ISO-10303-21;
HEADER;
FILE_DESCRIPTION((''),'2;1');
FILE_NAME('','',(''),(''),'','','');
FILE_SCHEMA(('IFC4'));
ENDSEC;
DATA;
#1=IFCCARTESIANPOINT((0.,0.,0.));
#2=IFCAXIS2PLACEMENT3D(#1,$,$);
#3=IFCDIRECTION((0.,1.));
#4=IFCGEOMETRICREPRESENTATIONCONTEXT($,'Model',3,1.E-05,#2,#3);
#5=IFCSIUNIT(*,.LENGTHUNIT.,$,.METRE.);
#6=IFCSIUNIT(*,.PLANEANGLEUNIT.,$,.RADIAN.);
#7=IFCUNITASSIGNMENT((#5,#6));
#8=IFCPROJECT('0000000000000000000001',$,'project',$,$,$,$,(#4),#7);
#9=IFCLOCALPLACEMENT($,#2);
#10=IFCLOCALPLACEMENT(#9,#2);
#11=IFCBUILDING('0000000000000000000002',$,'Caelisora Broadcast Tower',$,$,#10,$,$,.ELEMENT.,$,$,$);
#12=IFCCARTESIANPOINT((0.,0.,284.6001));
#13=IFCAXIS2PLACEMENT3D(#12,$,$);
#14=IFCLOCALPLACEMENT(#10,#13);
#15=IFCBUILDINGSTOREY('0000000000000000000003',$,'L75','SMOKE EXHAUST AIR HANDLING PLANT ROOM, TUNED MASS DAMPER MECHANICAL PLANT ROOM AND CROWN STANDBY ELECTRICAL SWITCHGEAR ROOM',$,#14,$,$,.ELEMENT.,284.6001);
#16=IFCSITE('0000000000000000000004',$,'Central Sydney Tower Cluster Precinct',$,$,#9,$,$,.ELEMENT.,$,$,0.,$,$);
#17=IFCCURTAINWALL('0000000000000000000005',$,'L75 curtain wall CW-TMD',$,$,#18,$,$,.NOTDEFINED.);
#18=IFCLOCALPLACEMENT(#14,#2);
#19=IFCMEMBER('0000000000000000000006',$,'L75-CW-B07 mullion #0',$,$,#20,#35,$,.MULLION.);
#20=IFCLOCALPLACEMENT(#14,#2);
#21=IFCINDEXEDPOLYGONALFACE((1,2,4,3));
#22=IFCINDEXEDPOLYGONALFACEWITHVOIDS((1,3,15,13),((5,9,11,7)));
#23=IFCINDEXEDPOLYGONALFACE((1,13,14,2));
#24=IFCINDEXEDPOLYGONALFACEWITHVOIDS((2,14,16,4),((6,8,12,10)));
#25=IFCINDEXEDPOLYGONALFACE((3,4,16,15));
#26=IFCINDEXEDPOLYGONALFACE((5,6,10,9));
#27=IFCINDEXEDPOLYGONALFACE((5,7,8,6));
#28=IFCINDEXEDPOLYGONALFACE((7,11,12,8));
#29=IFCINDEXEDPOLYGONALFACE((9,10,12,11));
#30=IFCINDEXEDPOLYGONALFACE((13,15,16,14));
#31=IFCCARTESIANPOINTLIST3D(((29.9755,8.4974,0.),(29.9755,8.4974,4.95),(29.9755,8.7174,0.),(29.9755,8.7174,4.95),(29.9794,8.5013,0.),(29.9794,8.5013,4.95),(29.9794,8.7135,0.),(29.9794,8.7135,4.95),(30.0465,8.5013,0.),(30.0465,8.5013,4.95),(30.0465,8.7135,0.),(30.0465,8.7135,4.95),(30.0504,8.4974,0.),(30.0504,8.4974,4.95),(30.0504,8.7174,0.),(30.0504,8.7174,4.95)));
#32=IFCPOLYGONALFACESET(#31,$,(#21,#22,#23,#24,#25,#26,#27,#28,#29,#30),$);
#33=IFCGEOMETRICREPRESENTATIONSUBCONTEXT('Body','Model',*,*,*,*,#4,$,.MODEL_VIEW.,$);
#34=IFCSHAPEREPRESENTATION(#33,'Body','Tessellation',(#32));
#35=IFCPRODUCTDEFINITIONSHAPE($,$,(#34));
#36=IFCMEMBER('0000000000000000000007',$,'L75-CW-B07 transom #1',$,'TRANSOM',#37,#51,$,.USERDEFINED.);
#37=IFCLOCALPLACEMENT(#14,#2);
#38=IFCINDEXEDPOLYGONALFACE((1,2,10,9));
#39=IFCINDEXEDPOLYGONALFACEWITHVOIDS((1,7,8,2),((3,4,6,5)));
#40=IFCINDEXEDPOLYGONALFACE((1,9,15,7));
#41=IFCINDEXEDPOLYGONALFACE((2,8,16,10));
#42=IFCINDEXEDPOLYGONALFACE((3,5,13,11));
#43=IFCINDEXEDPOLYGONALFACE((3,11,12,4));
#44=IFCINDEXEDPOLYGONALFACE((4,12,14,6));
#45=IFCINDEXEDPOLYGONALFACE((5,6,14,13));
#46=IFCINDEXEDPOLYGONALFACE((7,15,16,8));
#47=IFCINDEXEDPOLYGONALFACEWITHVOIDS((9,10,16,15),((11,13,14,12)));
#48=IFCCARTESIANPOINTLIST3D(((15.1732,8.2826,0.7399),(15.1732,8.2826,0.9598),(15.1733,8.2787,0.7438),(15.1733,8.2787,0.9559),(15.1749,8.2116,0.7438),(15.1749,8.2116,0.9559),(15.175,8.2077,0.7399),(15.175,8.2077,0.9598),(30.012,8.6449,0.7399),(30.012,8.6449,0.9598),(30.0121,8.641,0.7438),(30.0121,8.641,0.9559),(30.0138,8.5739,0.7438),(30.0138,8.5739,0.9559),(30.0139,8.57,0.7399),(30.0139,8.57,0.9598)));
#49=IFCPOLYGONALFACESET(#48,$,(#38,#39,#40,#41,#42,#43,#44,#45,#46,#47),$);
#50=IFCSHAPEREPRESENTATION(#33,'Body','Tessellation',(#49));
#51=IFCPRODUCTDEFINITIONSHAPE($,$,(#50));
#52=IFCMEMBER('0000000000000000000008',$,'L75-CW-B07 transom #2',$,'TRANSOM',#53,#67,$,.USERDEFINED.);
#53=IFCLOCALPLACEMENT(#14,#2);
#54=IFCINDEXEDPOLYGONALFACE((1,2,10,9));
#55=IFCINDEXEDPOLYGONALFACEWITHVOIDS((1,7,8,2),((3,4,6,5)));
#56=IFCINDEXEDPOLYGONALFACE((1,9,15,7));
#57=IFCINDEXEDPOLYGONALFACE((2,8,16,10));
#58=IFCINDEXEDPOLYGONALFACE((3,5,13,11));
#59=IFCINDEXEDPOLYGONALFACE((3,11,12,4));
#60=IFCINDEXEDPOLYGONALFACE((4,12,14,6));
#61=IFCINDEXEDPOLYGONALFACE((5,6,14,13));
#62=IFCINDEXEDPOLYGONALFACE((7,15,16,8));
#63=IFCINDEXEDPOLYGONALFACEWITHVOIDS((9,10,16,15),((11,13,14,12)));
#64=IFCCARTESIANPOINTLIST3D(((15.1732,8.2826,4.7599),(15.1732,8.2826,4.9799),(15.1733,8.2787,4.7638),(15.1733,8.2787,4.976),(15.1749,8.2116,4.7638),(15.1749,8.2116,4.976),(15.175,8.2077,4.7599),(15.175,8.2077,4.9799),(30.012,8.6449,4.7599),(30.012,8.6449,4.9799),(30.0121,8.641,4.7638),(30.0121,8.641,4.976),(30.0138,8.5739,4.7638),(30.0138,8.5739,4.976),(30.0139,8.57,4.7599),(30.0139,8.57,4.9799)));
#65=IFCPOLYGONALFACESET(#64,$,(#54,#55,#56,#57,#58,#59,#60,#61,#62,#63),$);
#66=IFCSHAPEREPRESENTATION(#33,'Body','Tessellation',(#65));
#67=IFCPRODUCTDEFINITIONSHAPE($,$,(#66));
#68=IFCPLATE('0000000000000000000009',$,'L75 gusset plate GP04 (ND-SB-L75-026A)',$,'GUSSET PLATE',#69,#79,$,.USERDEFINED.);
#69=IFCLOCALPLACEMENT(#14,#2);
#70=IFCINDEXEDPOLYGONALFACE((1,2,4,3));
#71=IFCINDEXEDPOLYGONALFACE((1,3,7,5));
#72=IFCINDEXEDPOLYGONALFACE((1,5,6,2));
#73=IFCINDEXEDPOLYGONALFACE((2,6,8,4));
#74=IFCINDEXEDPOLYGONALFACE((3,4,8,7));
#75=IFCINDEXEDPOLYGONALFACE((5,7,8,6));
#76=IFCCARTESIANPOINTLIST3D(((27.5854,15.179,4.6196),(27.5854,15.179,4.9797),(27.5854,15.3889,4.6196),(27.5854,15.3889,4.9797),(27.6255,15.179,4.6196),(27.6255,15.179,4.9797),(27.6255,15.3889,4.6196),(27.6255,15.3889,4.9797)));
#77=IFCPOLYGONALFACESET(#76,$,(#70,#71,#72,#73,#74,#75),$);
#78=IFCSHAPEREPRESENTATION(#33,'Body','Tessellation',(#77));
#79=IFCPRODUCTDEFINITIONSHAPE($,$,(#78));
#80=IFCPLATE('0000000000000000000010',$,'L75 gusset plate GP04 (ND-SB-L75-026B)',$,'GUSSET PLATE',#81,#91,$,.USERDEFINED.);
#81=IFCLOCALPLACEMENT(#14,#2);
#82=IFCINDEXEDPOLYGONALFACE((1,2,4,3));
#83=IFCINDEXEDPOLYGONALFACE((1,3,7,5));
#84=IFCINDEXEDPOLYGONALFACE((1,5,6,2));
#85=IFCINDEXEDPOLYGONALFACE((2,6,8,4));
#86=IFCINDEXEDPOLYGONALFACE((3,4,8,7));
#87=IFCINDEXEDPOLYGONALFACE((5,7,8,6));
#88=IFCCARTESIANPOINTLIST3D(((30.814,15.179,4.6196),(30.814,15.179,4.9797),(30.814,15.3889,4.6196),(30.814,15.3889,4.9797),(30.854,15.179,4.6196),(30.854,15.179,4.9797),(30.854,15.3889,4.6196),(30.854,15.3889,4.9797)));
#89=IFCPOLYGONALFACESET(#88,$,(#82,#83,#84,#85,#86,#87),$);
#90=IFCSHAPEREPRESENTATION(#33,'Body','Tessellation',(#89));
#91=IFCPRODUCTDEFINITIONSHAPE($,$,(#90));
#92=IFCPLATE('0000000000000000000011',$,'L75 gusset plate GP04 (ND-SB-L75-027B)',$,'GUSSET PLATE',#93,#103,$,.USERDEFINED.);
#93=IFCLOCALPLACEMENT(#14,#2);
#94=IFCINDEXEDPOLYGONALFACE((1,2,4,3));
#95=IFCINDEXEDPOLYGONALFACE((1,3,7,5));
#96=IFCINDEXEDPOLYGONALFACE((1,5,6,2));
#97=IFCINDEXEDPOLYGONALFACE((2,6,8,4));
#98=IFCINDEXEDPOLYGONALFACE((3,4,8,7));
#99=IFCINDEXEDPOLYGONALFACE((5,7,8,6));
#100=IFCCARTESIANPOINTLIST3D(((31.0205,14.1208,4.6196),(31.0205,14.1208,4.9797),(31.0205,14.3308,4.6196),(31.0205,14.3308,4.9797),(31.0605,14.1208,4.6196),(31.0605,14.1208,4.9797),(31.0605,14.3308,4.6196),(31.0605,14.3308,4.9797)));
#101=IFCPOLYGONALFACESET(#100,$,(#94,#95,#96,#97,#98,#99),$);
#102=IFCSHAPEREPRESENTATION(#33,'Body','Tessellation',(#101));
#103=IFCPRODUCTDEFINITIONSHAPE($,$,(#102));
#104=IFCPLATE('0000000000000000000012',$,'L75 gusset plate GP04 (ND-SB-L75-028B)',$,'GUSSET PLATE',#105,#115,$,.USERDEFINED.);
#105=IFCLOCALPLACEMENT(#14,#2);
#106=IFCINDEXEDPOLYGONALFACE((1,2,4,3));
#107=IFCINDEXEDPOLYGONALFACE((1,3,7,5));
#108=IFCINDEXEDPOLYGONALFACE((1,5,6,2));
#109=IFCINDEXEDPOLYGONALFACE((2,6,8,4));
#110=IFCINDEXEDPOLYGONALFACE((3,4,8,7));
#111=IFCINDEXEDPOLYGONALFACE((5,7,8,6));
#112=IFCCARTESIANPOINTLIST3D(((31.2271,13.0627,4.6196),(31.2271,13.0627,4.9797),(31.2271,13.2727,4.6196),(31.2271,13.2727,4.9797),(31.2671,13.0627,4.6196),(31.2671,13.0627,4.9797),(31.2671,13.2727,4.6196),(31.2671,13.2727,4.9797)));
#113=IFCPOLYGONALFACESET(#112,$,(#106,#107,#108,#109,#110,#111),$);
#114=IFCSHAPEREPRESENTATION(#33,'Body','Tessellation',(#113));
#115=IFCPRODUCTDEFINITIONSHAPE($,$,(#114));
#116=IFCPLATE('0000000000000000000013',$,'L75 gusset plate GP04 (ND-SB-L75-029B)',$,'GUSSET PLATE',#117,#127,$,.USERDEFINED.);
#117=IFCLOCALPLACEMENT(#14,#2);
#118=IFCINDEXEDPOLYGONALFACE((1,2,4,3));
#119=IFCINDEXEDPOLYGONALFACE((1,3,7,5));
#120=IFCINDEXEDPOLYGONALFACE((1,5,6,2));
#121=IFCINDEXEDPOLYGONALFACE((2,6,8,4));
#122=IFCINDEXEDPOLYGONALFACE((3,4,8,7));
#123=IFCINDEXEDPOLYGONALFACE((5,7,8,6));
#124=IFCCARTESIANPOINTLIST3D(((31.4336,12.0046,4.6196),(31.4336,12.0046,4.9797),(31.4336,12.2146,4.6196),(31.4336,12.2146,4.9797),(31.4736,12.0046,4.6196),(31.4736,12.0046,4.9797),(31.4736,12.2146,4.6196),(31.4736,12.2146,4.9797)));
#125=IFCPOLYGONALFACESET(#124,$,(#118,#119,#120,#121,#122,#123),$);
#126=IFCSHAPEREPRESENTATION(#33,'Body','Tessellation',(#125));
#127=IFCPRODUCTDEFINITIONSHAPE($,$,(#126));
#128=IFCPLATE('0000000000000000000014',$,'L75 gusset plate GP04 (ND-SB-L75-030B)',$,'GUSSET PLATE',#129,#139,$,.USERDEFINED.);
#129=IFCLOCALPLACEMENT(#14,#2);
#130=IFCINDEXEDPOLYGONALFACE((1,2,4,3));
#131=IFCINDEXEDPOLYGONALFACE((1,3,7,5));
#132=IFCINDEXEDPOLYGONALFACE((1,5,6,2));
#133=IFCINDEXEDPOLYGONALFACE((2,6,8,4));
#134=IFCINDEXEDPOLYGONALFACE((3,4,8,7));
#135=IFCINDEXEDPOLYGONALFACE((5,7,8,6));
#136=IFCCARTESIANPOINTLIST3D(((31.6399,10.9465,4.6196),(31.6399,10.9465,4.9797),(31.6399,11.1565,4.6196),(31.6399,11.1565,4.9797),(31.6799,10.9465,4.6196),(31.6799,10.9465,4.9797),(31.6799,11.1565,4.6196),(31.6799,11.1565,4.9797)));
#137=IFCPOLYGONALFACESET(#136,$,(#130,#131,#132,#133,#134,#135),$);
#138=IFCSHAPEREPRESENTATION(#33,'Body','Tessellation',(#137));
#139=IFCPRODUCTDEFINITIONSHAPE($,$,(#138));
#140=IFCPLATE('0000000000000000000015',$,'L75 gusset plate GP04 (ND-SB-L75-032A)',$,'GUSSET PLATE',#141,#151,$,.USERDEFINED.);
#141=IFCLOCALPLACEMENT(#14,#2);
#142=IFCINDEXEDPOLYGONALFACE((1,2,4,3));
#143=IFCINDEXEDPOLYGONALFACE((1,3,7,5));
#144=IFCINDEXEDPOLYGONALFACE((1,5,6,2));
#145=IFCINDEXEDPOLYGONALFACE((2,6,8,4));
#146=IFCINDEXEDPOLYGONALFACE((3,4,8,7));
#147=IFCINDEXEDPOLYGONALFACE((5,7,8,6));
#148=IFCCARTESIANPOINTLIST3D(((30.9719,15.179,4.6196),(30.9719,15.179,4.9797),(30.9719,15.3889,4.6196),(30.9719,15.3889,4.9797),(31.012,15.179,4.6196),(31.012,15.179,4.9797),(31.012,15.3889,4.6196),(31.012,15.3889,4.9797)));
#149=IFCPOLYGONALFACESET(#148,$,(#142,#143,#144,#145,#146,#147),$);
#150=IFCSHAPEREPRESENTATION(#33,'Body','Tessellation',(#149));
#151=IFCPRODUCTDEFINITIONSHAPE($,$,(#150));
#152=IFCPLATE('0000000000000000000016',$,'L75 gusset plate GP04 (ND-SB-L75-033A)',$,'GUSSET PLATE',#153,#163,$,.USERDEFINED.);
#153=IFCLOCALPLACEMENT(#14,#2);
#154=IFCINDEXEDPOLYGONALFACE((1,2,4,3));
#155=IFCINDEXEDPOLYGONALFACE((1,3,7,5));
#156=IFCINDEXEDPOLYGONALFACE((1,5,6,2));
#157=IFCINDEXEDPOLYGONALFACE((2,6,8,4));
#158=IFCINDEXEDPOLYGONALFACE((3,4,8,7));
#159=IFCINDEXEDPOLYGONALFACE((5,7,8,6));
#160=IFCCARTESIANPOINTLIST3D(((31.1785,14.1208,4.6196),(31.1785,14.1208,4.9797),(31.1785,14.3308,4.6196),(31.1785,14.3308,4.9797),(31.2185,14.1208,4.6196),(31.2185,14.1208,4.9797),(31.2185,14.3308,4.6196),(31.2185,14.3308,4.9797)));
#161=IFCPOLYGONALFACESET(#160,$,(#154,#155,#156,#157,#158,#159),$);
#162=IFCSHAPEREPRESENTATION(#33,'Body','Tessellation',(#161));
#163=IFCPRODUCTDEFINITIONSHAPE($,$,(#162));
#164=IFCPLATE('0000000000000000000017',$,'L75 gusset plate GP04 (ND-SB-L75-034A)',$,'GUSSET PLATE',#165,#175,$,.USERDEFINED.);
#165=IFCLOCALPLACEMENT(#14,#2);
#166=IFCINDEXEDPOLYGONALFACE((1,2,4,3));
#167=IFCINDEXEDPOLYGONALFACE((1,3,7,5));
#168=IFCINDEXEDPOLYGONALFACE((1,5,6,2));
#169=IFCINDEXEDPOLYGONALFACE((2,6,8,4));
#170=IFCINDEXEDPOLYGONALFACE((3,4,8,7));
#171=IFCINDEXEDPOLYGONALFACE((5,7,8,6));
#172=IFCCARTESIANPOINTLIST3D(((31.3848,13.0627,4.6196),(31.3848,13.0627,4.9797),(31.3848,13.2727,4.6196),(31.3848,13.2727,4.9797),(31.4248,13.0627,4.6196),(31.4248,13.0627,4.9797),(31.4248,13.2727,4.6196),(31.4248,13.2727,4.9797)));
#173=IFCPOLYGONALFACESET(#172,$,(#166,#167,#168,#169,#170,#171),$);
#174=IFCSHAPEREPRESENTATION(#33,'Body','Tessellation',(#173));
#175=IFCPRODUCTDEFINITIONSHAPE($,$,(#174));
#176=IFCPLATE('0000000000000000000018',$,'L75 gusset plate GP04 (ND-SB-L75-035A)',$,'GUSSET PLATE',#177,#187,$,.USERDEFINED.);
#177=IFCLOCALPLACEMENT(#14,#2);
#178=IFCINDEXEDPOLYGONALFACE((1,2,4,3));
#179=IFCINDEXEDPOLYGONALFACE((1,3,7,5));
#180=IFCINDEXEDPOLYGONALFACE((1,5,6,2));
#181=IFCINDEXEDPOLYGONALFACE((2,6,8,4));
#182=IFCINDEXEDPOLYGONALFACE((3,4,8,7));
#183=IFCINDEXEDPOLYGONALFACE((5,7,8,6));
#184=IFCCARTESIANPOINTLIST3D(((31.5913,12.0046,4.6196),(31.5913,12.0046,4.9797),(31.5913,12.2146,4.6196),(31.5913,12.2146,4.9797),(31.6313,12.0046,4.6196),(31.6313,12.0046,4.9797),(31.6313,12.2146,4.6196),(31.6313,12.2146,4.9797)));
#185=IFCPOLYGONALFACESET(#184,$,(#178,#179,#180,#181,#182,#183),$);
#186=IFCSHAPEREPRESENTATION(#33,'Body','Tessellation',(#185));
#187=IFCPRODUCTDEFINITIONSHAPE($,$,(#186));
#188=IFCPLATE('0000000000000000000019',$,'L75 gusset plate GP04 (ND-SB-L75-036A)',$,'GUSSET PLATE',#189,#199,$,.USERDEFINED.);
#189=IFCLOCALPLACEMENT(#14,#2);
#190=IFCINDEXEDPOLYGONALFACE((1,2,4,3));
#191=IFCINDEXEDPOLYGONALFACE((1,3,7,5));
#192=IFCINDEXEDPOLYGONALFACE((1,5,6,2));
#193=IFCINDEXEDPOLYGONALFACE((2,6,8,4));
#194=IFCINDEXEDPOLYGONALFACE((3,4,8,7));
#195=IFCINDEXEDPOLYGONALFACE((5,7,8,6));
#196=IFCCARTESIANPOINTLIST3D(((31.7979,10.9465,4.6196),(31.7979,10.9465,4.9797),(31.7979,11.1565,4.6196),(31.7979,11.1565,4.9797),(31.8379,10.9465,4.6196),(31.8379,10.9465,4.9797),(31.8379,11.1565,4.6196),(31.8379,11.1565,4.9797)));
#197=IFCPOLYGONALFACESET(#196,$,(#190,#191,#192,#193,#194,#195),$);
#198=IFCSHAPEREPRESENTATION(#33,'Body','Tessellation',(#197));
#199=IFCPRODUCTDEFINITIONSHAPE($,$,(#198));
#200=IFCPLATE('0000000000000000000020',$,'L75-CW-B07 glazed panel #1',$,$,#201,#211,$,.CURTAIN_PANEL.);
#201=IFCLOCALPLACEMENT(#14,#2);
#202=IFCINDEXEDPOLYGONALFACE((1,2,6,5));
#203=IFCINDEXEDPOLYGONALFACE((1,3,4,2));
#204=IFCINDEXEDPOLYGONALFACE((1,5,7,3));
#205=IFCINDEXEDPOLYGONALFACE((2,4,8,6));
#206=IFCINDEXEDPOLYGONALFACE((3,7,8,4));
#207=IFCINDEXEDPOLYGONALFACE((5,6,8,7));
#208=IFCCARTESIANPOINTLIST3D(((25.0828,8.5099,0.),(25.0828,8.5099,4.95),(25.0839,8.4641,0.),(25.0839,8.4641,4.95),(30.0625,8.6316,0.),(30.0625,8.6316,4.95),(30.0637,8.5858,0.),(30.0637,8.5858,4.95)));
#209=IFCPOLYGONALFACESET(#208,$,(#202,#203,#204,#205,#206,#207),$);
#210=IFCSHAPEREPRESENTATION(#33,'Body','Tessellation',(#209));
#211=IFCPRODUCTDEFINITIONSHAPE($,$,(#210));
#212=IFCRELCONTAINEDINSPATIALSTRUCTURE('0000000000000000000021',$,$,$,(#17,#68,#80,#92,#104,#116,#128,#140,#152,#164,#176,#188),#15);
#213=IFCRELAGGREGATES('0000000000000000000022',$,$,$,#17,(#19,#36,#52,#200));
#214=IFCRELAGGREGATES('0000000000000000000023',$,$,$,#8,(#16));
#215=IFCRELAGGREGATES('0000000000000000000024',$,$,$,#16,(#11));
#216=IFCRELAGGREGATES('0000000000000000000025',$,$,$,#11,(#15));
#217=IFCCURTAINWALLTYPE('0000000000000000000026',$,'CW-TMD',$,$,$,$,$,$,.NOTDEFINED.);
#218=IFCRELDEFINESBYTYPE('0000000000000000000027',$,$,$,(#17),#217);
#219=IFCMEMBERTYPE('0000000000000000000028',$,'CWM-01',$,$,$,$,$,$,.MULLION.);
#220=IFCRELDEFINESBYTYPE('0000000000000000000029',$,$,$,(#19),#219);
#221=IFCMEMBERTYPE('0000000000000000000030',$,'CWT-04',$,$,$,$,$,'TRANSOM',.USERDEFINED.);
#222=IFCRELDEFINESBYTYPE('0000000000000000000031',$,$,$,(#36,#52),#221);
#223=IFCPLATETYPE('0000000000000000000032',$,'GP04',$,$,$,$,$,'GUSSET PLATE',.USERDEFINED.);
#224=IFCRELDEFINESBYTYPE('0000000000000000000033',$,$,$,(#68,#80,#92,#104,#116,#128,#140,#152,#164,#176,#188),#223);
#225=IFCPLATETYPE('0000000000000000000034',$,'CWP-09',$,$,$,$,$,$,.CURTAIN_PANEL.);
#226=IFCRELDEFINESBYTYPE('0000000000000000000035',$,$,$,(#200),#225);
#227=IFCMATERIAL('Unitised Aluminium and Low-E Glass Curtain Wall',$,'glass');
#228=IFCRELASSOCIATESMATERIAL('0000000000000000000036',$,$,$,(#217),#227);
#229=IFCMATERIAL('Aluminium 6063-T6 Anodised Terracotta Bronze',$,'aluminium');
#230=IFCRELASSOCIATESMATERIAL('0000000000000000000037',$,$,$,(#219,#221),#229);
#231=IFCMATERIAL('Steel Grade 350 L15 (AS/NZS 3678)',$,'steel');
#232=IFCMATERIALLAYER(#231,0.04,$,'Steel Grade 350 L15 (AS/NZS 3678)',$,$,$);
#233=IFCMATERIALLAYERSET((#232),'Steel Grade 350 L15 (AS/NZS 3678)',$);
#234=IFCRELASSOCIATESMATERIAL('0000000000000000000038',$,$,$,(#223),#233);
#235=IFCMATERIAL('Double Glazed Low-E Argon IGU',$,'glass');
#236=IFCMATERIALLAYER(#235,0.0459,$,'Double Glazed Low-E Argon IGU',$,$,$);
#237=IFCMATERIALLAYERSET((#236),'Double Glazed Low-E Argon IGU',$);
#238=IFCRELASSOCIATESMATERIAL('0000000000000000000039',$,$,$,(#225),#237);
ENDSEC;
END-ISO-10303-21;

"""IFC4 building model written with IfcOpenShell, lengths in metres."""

from ifc_helpers import new_model, si_unit, direction, frame, origin, origin_2d, place, context, subcontext, project, spatial, rectangle, hollow_rectangle, extrude, source, transform, mapped, material, layer, layer_set, material_profile, profile_set, type_object, type_shapes, element, aggregate, save


model = new_model("IFC4")

# Units and contexts
model_context = context("Model", 3, precision=1e-05, world=origin(), true_north=direction((0.0, 1.0)))
body_context = subcontext(model_context, "Body", "Model", "MODEL_VIEW")
ifc_project = project(units=[si_unit("LENGTHUNIT", "METRE"), si_unit("PLANEANGLEUNIT", "RADIAN")], contexts=[model_context])

# Site, building, storey
site_placement = place(None, origin())
site = spatial("IfcSite", under=ifc_project, at=site_placement, Name="Central Sydney Tower Cluster Precinct", CompositionType="ELEMENT", RefElevation=0.0)
building_placement = place(site_placement, origin())
building = spatial("IfcBuilding", under=site, at=building_placement, Name="Caelisora Broadcast Tower", CompositionType="ELEMENT")
storey_placement = place(building_placement, frame((0.0, 0.0, 284.6001)))
storey = spatial("IfcBuildingStorey", under=building, at=storey_placement, Name="L75", Description="SMOKE EXHAUST AIR HANDLING PLANT ROOM, TUNED MASS DAMPER MECHANICAL PLANT ROOM AND CROWN STANDBY ELECTRICAL SWITCHGEAR ROOM", CompositionType="ELEMENT", Elevation=284.6001)

# Shared definitions
ifc_material_1 = material(Name="Steel Grade 350 L15 (AS/NZS 3678)", Category="steel")

# Curtain wall, members
ifc_material_2 = material(Name="Unitised Aluminium and Low-E Glass Curtain Wall", Category="glass")
curtain_wall_type = type_object("IfcCurtainWallType", Name="CW-TMD", PredefinedType="NOTDEFINED", material=ifc_material_2)
ifc_material_3 = material(Name="Aluminium 6063-T6 Anodised Terracotta Bronze", Category="aluminium")
ifc_material_profile_1 = material_profile(ifc_material_3, hollow_rectangle(XDim=0.075, YDim=0.22, WallThickness=0.0039, at=origin_2d()), Name="Aluminium 6063-T6 Anodised Terracotta Bronze")
ifc_profile_set_1 = profile_set([ifc_material_profile_1], Name="Aluminium 6063-T6 Anodised Terracotta Bronze")
member_type_1 = type_object("IfcMemberType", Name="CWM-01", PredefinedType="MULLION", material=ifc_profile_set_1)
shared_shape_1 = source(origin(), body_context, "Body", "SweptSolid", [
    extrude(hollow_rectangle(XDim=0.075, YDim=0.22, WallThickness=0.0039, at=origin_2d()), origin(), (0.0, 0.0, 1.0), 4.95),
])
type_shapes(member_type_1, [shared_shape_1])
curtain_wall_1_placement = place(storey_placement, origin())
curtain_wall_1 = element("IfcCurtainWall", 1, at=curtain_wall_1_placement, inside=storey, type_object=curtain_wall_type, Name="L75 curtain wall CW-TMD", PredefinedType="NOTDEFINED")
member_1_placement = place(storey_placement, frame((30.0129, 8.6074, 0.0), z_axis=(0.0, 0.0, 1.0), x_axis=(1.0, 0.0, 0.0)))
member_1 = element("IfcMember", 2, at=member_1_placement, type_object=member_type_1, Name="L75-CW-B07 mullion #0", PredefinedType="MULLION", context=body_context, shape_type="MappedRepresentation", body=[
    mapped(shared_shape_1, transform((0.0, 0.0, 0.0), scale=1.0)),
])
ifc_material_profile_2 = material_profile(ifc_material_3, hollow_rectangle(XDim=0.075, YDim=0.22, WallThickness=0.0039, at=origin_2d()), Name="Aluminium 6063-T6 Anodised Terracotta Bronze")
ifc_profile_set_2 = profile_set([ifc_material_profile_2], Name="Aluminium 6063-T6 Anodised Terracotta Bronze")
member_type_2 = type_object("IfcMemberType", Name="CWT-04", ElementType="TRANSOM", PredefinedType="USERDEFINED", material=ifc_profile_set_2)
shared_shape_2 = source(origin(), body_context, "Body", "SweptSolid", [
    extrude(hollow_rectangle(XDim=0.075, YDim=0.22, WallThickness=0.0039, at=origin_2d()), origin(), (0.0, 0.0, 1.0), 14.8433),
])
type_shapes(member_type_2, [shared_shape_2])
member_2_placement = place(storey_placement, frame((30.0129, 8.6074, 0.8499), z_axis=(-0.999702, -0.024409, 0.0), x_axis=(0.024409, -0.999702, 0.0)))
member_2 = element("IfcMember", 3, at=member_2_placement, type_object=member_type_2, Name="L75-CW-B07 transom #1", ObjectType="TRANSOM", PredefinedType="USERDEFINED", context=body_context, shape_type="MappedRepresentation", body=[
    mapped(shared_shape_2, transform((0.0, 0.0, 0.0), scale=1.0)),
])
member_3_placement = place(storey_placement, frame((30.0129, 8.6074, 4.8699), z_axis=(-0.999702, -0.024409, 0.0), x_axis=(0.024409, -0.999702, 0.0)))
member_3 = element("IfcMember", 4, at=member_3_placement, type_object=member_type_2, Name="L75-CW-B07 transom #2", ObjectType="TRANSOM", PredefinedType="USERDEFINED", context=body_context, shape_type="MappedRepresentation", body=[
    mapped(shared_shape_2, transform((0.0, 0.0, 0.0), scale=1.0)),
])

# Plates
ifc_layer_1 = layer(ifc_material_1, 0.04, Name="Steel Grade 350 L15 (AS/NZS 3678)")
ifc_layer_set_1 = layer_set([ifc_layer_1], Name="Steel Grade 350 L15 (AS/NZS 3678)")
plate_type_1 = type_object("IfcPlateType", Name="GP04", ElementType="GUSSET PLATE", PredefinedType="USERDEFINED", material=ifc_layer_set_1)
shared_shape_3 = source(origin(), body_context, "Body", "SweptSolid", [
    extrude(rectangle(XDim=0.21, YDim=0.04, at=origin_2d()), origin(), (0.0, 0.0, 1.0), 0.3601),
])
type_shapes(plate_type_1, [shared_shape_3])
for number, where, z_axis, x_axis, name in (
    (5, (27.6055, 15.2839, 4.6196), (0.0, 0.0, 1.0), (0.0, 1.0, 0.0), "L75 gusset plate GP04 (ND-SB-L75-026A)"),
    (6, (30.834, 15.2839, 4.6196), (0.0, 0.0, 1.0), (0.0, 1.0, 0.0), "L75 gusset plate GP04 (ND-SB-L75-026B)"),
    (7, (31.0405, 14.2258, 4.6196), (0.0, 0.0, 1.0), (0.0, 1.0, 0.0), "L75 gusset plate GP04 (ND-SB-L75-027B)"),
    (8, (31.2471, 13.1677, 4.6196), (0.0, 0.0, 1.0), (0.0, 1.0, 0.0), "L75 gusset plate GP04 (ND-SB-L75-028B)"),
    (9, (31.4536, 12.1096, 4.6196), (0.0, 0.0, 1.0), (0.0, 1.0, 0.0), "L75 gusset plate GP04 (ND-SB-L75-029B)"),
    (10, (31.6599, 11.0515, 4.6196), (0.0, 0.0, 1.0), (0.0, 1.0, 0.0), "L75 gusset plate GP04 (ND-SB-L75-030B)"),
    (11, (30.9919, 15.2839, 4.6196), (0.0, 0.0, 1.0), (0.0, 1.0, 0.0), "L75 gusset plate GP04 (ND-SB-L75-032A)"),
    (12, (31.1985, 14.2258, 4.6196), (0.0, 0.0, 1.0), (0.0, 1.0, 0.0), "L75 gusset plate GP04 (ND-SB-L75-033A)"),
    (13, (31.4048, 13.1677, 4.6196), (0.0, 0.0, 1.0), (0.0, 1.0, 0.0), "L75 gusset plate GP04 (ND-SB-L75-034A)"),
    (14, (31.6113, 12.1096, 4.6196), (0.0, 0.0, 1.0), (0.0, 1.0, 0.0), "L75 gusset plate GP04 (ND-SB-L75-035A)"),
    (15, (31.8179, 11.0515, 4.6196), (0.0, 0.0, 1.0), (0.0, 1.0, 0.0), "L75 gusset plate GP04 (ND-SB-L75-036A)"),
):
    element("IfcPlate", number, at=place(storey_placement, frame(where, z_axis=z_axis, x_axis=x_axis)), inside=storey, type_object=plate_type_1, Name=name, ObjectType="GUSSET PLATE", PredefinedType="USERDEFINED", context=body_context, shape_type="MappedRepresentation", body=[
        mapped(shared_shape_3, transform((0.0, 0.0, 0.0), scale=1.0)),
    ])

# Plate
ifc_material_4 = material(Name="Double Glazed Low-E Argon IGU", Category="glass")
ifc_layer_2 = layer(ifc_material_4, 0.0459, Name="Double Glazed Low-E Argon IGU")
ifc_layer_set_2 = layer_set([ifc_layer_2], Name="Double Glazed Low-E Argon IGU")
plate_type_2 = type_object("IfcPlateType", Name="CWP-09", PredefinedType="CURTAIN_PANEL", material=ifc_layer_set_2)
shared_shape_4 = source(origin(), body_context, "Body", "SweptSolid", [
    extrude(rectangle(XDim=4.9812, YDim=0.0459, at=origin_2d()), origin(), (0.0, 0.0, 1.0), 4.95),
])
plate_1_placement = place(storey_placement, frame((27.5732, 8.5479, 0.0), z_axis=(0.0, 0.0, 1.0), x_axis=(-0.999701, -0.024432, 0.0)))
plate_1 = element("IfcPlate", 16, at=plate_1_placement, type_object=plate_type_2, Name="L75-CW-B07 glazed panel #1", PredefinedType="CURTAIN_PANEL", context=body_context, shape_type="MappedRepresentation", body=[
    mapped(shared_shape_4, transform((0.0, 0.0, 0.0), scale=1.0)),
])
aggregate(curtain_wall_1, [member_1, member_2, member_3, plate_1])

save(model, "model.ifc")
